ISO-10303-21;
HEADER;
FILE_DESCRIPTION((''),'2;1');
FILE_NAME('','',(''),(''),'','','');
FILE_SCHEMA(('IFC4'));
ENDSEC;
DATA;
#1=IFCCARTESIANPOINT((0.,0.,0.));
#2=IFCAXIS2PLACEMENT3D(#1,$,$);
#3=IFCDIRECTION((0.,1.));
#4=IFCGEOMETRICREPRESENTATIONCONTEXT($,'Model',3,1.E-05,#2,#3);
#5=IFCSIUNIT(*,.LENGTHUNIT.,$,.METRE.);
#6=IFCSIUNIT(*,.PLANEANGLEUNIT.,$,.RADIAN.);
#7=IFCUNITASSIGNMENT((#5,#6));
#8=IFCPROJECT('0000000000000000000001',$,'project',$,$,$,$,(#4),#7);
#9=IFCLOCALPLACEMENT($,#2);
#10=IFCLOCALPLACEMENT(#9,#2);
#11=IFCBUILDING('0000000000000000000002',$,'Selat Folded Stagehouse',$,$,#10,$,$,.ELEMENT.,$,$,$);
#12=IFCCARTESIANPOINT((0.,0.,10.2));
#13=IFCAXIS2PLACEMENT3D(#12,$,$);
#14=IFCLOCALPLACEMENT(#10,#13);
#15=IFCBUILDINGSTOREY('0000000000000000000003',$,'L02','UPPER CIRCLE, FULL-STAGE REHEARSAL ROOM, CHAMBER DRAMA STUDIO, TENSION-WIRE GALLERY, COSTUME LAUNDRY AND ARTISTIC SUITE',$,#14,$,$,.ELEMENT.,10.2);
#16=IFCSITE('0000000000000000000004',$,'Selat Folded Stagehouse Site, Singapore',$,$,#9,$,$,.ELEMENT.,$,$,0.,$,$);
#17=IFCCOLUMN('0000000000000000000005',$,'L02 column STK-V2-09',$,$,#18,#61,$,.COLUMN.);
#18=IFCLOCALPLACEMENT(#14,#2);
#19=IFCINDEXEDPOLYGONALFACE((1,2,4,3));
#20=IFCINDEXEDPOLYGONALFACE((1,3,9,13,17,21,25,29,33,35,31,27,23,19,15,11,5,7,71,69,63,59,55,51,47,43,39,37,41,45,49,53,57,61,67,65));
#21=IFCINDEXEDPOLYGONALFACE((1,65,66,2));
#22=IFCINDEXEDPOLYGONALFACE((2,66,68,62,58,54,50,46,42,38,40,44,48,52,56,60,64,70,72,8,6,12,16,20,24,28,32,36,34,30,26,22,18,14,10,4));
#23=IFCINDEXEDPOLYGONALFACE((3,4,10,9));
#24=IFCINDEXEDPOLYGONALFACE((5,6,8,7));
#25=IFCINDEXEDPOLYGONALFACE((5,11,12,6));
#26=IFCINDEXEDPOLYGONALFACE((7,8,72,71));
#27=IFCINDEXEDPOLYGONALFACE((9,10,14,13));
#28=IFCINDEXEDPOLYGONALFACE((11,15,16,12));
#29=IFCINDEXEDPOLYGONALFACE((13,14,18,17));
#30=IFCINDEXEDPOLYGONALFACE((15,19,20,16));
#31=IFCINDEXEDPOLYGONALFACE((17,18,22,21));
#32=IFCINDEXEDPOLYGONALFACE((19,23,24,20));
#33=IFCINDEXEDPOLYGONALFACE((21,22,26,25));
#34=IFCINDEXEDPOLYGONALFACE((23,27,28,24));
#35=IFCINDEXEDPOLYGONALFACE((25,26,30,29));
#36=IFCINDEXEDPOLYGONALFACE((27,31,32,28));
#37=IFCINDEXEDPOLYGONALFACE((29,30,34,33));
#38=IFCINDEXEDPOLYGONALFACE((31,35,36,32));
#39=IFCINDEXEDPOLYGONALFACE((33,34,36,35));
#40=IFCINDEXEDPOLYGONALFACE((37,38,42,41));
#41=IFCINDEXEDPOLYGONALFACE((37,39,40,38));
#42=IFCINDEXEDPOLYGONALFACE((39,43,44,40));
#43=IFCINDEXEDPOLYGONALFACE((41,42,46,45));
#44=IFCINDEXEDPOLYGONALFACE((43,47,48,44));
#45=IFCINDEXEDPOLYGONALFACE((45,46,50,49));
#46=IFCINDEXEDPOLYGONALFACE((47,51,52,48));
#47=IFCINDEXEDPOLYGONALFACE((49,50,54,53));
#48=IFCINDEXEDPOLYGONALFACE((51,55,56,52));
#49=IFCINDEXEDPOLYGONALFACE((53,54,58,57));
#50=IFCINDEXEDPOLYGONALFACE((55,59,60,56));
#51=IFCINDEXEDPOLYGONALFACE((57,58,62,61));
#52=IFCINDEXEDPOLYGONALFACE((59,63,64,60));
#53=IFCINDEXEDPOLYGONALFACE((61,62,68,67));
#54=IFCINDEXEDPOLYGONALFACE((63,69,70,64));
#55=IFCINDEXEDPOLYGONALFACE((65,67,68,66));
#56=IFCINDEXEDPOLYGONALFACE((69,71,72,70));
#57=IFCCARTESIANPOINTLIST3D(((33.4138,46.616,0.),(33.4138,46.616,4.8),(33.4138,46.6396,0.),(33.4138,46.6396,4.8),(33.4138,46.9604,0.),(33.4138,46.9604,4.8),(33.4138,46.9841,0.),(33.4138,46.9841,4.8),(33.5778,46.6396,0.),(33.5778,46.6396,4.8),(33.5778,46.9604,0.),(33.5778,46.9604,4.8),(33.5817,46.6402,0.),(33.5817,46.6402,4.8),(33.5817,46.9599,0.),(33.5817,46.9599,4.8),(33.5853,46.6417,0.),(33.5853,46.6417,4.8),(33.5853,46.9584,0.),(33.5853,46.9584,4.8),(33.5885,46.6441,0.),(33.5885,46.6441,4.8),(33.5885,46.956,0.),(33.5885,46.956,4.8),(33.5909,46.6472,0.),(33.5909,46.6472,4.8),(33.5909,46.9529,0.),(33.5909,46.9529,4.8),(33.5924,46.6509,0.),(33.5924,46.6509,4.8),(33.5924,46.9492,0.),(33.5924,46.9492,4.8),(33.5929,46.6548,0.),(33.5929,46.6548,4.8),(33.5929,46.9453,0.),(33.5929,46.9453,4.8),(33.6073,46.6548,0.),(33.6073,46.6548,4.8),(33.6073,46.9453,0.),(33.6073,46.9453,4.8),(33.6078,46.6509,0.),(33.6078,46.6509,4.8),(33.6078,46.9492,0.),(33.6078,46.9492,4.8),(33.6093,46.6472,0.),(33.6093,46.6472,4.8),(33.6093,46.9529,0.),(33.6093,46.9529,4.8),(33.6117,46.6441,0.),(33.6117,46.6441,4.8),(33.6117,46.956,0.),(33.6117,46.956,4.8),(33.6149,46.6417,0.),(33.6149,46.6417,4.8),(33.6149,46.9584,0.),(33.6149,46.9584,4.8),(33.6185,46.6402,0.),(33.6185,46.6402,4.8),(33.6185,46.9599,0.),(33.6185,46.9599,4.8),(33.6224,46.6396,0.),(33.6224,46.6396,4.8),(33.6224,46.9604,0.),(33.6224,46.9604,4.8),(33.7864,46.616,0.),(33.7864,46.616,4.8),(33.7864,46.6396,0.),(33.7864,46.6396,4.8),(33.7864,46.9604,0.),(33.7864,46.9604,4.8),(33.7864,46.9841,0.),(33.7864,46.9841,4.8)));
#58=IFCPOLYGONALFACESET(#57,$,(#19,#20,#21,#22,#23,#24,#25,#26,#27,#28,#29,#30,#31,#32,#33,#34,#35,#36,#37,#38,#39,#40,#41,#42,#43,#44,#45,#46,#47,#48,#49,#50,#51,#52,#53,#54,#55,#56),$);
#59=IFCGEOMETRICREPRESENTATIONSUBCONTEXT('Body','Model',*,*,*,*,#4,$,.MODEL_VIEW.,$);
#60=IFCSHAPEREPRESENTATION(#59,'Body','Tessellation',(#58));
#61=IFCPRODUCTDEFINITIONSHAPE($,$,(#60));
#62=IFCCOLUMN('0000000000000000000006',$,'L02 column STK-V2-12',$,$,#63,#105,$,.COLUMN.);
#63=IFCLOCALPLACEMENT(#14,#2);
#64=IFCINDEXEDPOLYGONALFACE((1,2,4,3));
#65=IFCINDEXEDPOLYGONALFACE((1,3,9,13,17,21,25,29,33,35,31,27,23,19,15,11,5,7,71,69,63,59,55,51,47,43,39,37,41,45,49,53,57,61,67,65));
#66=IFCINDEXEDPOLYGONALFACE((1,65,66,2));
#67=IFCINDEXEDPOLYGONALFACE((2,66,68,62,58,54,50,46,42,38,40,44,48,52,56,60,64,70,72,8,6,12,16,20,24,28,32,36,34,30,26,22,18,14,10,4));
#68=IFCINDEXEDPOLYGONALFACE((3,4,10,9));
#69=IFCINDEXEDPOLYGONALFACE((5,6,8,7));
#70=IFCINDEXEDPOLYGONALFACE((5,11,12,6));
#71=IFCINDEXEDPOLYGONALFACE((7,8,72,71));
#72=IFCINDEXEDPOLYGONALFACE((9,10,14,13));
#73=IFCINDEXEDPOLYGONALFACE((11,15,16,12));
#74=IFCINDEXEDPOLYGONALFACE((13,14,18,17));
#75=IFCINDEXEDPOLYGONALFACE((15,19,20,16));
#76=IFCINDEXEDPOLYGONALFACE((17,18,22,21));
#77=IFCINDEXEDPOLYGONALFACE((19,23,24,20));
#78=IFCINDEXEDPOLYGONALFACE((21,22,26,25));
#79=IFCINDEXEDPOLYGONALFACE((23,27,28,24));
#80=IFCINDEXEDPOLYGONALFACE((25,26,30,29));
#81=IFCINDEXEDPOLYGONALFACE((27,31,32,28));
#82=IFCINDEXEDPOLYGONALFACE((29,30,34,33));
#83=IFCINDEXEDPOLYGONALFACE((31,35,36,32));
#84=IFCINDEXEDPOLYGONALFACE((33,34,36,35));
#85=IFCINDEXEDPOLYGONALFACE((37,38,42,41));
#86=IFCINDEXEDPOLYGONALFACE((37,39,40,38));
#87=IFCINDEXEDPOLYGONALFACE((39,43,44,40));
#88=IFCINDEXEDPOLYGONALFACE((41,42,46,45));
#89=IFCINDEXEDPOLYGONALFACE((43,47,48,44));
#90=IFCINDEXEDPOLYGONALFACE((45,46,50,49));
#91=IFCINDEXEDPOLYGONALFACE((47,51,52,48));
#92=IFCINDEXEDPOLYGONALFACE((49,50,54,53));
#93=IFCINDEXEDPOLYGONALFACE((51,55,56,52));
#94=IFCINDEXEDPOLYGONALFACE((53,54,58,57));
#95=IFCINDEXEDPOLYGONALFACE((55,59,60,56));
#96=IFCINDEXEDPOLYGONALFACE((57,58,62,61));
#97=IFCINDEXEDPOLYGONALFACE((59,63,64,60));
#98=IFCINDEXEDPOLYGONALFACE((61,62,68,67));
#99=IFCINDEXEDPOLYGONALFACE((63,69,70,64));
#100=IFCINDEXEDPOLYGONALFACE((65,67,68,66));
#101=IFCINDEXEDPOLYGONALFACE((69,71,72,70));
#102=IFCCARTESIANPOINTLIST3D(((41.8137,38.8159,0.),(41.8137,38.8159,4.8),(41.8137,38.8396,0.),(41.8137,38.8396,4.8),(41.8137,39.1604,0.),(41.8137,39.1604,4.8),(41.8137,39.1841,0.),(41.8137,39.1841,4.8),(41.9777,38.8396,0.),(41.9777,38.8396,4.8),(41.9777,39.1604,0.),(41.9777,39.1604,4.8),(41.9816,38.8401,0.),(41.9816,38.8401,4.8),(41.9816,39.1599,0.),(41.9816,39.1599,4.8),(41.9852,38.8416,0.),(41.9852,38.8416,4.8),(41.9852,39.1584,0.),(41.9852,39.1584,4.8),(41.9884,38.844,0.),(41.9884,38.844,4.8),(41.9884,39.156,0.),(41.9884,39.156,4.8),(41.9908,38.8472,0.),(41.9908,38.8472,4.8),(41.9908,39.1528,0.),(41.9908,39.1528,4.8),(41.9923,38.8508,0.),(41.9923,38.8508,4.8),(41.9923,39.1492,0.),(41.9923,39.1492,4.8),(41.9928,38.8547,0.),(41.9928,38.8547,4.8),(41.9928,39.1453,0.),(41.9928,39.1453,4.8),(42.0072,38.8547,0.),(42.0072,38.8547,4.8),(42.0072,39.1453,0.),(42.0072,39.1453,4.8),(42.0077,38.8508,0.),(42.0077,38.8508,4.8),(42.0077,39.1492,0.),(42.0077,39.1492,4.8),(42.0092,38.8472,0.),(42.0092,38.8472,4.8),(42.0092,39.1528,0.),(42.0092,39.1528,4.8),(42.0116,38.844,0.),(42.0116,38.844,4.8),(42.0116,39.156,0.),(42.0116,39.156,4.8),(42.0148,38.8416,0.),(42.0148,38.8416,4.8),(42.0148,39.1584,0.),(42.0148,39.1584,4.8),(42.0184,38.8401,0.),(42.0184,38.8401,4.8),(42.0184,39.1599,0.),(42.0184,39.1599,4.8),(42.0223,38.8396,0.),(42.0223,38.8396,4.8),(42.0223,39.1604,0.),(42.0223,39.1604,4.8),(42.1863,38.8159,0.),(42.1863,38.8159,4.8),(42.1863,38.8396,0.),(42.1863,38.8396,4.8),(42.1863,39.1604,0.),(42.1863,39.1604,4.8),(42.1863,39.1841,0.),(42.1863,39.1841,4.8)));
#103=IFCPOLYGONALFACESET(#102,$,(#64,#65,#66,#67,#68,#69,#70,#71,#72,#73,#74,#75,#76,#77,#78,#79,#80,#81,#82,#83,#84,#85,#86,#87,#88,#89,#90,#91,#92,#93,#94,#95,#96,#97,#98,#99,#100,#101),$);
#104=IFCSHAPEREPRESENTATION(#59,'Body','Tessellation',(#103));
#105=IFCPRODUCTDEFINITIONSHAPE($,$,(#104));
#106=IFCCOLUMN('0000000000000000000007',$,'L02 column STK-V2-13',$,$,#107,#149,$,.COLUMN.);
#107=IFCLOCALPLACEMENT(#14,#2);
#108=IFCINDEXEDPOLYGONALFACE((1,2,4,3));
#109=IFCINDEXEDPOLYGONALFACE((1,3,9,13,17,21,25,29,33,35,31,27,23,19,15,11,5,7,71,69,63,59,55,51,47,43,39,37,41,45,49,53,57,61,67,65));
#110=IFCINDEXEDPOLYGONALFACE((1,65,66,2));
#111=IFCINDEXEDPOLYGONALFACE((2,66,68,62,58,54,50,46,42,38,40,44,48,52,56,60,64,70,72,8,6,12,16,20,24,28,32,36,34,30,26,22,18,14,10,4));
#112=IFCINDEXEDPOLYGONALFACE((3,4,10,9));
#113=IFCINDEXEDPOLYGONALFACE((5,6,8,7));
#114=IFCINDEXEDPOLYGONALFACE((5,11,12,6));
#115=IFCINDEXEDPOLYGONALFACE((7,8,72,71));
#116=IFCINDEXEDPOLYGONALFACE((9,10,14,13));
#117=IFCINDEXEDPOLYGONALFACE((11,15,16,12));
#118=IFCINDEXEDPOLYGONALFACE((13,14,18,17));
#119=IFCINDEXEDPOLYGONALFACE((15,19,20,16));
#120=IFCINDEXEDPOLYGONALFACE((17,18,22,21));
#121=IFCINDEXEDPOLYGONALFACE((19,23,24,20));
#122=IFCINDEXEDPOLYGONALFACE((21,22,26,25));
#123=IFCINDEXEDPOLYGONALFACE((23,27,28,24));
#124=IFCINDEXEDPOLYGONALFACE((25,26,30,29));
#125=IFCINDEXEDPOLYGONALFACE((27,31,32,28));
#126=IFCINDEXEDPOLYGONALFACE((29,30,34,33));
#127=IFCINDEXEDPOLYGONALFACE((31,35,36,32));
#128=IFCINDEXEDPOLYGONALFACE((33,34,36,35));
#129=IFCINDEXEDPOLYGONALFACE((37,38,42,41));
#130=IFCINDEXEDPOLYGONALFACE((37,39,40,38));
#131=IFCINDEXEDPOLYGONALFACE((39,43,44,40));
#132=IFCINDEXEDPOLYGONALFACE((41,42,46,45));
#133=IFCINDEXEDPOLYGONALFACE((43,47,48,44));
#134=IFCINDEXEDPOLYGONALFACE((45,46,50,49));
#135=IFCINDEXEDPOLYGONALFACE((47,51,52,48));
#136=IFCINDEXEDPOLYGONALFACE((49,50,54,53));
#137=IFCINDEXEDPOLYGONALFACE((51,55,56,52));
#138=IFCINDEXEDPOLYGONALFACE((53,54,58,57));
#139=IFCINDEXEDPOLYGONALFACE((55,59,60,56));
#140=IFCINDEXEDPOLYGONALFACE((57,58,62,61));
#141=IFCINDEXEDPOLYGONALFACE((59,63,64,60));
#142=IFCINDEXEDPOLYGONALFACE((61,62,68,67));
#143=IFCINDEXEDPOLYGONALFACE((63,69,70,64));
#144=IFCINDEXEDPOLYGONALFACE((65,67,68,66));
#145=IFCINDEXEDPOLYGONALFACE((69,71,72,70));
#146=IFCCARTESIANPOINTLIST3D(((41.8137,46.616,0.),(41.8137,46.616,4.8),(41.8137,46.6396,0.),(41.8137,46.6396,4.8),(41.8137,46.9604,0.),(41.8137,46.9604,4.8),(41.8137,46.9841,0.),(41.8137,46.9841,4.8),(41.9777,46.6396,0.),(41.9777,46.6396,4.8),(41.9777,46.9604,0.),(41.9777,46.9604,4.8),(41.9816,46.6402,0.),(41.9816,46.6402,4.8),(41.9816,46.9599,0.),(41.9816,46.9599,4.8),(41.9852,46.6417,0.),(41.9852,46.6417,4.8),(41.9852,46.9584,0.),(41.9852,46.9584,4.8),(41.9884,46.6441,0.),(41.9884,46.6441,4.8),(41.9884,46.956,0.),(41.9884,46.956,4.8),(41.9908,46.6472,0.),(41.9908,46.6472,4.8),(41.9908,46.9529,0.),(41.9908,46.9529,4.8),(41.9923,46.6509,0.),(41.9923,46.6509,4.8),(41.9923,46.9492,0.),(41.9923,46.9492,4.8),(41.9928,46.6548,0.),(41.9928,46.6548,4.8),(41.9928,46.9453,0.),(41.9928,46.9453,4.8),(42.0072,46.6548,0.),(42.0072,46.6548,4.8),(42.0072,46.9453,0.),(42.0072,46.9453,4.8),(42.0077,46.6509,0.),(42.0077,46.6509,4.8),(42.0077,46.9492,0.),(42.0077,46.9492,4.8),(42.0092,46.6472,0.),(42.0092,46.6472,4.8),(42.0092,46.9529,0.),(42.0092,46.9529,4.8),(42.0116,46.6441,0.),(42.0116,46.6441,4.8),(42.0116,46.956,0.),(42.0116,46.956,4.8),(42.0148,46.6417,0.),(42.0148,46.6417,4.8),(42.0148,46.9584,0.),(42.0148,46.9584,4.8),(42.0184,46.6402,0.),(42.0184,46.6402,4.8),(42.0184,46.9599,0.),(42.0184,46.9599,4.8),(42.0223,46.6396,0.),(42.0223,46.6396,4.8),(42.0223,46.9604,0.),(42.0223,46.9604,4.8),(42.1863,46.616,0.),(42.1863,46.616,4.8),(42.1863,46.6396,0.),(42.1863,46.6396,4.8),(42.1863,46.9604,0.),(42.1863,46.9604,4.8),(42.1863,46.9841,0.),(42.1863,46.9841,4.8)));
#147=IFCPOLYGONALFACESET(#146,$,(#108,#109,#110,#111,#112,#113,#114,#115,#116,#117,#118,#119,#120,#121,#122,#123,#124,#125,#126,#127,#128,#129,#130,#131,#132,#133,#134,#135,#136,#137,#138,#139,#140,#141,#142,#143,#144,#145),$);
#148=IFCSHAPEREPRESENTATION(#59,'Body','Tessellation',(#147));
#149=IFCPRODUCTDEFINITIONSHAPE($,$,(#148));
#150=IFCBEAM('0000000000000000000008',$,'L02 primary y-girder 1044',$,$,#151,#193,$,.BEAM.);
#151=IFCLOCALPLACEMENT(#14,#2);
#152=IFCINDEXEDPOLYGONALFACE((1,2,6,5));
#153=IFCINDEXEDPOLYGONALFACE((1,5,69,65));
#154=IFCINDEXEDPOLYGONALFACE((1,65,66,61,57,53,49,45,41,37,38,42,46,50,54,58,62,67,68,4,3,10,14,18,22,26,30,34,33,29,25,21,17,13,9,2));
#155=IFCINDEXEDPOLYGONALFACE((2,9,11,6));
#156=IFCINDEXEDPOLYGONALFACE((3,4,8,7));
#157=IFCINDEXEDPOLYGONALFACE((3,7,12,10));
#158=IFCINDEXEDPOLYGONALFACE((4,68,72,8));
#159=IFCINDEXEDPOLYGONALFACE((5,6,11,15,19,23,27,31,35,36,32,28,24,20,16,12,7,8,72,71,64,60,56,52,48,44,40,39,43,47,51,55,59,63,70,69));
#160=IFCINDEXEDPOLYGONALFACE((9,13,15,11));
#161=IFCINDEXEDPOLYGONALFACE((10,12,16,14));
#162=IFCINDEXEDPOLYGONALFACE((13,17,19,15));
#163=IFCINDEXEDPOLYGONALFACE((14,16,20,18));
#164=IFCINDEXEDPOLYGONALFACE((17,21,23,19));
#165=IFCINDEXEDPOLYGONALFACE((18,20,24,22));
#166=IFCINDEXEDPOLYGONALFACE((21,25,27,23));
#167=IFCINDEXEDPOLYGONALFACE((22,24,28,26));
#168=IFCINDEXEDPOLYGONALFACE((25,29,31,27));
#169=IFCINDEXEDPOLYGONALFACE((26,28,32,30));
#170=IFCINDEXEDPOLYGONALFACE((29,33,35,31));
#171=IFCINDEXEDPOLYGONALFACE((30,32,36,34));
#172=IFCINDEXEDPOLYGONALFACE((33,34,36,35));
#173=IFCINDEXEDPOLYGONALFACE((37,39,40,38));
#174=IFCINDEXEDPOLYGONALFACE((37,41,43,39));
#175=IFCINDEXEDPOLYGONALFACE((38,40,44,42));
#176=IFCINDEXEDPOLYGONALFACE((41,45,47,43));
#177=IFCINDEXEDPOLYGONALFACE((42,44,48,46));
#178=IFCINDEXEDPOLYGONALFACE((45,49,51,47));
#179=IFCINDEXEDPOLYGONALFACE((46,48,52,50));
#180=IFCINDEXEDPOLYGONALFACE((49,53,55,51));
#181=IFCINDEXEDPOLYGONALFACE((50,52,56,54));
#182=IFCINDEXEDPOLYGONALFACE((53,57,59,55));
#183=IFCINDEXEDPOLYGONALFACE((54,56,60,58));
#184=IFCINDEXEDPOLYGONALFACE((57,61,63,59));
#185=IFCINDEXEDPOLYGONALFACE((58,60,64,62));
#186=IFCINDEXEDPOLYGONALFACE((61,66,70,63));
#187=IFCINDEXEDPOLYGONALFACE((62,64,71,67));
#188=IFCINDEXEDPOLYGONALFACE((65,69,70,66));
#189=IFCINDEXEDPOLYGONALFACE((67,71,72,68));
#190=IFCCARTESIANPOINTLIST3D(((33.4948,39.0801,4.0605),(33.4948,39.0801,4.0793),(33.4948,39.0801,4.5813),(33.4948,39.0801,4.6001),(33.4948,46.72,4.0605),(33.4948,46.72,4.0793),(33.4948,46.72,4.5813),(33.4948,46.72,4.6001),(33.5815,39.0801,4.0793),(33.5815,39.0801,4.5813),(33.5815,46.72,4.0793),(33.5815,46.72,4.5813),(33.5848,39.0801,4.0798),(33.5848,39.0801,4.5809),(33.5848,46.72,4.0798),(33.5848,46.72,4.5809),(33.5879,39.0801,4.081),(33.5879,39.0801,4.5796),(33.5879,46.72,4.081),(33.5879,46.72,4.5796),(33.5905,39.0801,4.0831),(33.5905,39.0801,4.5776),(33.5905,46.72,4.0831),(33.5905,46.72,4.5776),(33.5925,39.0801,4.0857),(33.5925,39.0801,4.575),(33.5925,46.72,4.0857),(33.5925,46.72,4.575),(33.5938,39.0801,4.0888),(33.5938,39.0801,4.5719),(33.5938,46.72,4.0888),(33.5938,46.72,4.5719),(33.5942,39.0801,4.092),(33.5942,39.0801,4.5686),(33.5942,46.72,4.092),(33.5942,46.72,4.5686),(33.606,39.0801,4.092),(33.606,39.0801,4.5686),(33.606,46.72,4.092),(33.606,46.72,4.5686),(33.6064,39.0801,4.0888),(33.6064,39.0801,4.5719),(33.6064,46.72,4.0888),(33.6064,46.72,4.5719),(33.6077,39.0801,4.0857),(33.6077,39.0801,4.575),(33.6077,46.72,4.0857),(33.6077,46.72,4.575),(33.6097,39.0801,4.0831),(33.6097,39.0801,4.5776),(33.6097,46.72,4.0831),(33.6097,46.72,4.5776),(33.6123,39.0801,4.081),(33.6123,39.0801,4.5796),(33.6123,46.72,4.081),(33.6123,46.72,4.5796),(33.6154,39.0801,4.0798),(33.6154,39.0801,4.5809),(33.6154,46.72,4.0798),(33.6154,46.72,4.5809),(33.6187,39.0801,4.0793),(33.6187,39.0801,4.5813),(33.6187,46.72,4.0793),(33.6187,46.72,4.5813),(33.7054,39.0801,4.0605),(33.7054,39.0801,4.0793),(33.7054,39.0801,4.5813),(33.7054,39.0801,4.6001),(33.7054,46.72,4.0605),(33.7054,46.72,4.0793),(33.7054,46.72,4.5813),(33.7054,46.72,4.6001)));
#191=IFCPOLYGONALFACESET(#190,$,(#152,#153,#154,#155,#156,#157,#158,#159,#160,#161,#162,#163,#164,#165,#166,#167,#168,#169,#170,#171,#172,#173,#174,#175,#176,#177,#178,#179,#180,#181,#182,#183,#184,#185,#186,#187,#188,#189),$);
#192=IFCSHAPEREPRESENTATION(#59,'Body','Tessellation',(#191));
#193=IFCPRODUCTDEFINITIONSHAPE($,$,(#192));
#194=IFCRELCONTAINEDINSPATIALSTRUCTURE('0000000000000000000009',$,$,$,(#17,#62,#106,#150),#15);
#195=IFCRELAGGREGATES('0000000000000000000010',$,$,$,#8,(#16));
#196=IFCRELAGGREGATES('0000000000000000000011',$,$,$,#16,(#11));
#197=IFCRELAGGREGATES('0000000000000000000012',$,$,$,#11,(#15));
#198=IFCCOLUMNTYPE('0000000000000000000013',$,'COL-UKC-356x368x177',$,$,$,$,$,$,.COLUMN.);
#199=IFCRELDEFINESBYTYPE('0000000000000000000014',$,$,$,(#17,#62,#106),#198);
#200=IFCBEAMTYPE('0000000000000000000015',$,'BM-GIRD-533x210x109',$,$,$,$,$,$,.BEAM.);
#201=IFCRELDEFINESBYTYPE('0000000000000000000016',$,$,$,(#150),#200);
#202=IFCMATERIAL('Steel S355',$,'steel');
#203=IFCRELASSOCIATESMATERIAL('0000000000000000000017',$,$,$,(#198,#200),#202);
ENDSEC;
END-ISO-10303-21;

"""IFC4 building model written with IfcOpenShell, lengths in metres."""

from ifc_helpers import new_model, si_unit, direction, frame, origin, origin_2d, place, context, subcontext, project, spatial, i_section, extrude, material, material_profile, profile_set, type_object, element, save


model = new_model("IFC4")

# Units and contexts
model_context = context("Model", 3, precision=1e-05, world=origin(), true_north=direction((0.0, 1.0)))
body_context = subcontext(model_context, "Body", "Model", "MODEL_VIEW")
ifc_project = project(units=[si_unit("LENGTHUNIT", "METRE"), si_unit("PLANEANGLEUNIT", "RADIAN")], contexts=[model_context])

# Site, building, storey
site_placement = place(None, origin())
site = spatial("IfcSite", under=ifc_project, at=site_placement, Name="Selat Folded Stagehouse Site, Singapore", CompositionType="ELEMENT", RefElevation=0.0)
building_placement = place(site_placement, origin())
building = spatial("IfcBuilding", under=site, at=building_placement, Name="Selat Folded Stagehouse", CompositionType="ELEMENT")
storey_placement = place(building_placement, frame((0.0, 0.0, 10.2)))
storey = spatial("IfcBuildingStorey", under=building, at=storey_placement, Name="L02", Description="UPPER CIRCLE, FULL-STAGE REHEARSAL ROOM, CHAMBER DRAMA STUDIO, TENSION-WIRE GALLERY, COSTUME LAUNDRY AND ARTISTIC SUITE", CompositionType="ELEMENT", Elevation=10.2)

# Columns
ifc_material_1 = material(Name="Steel S355", Category="steel")
ifc_material_profile_1 = material_profile(ifc_material_1, i_section(OverallWidth=0.3726, OverallDepth=0.3682, WebThickness=0.0144, FlangeThickness=0.0237, FilletRadius=0.0151, at=origin_2d()), Name="UKC 356x368x177")
ifc_profile_set_1 = profile_set([ifc_material_profile_1], Name="Steel S355")
column_type = type_object("IfcColumnType", Name="COL-UKC-356x368x177", PredefinedType="COLUMN", material=ifc_profile_set_1)
for number, where, z_axis, x_axis, name in (
    (1, (33.6001, 46.8, 0.0), (0.0, 0.0, 1.0), (1.0, 0.0, 0.0), "L02 column STK-V2-09"),
    (2, (42.0, 39.0, 0.0), (0.0, 0.0, 1.0), (1.0, 0.0, 0.0), "L02 column STK-V2-12"),
    (3, (42.0, 46.8, 0.0), (0.0, 0.0, 1.0), (1.0, 0.0, 0.0), "L02 column STK-V2-13"),
):
    element("IfcColumn", number, at=place(storey_placement, frame(where, z_axis=z_axis, x_axis=x_axis)), inside=storey, type_object=column_type, Name=name, PredefinedType="COLUMN", context=body_context, shape_type="SweptSolid", body=[
        extrude(i_section(OverallWidth=0.3726, OverallDepth=0.3682, WebThickness=0.0144, FlangeThickness=0.0237, FilletRadius=0.0151, at=origin_2d()), origin(), (0.0, 0.0, 1.0), 4.8),
    ])

# Beam
ifc_material_profile_2 = material_profile(ifc_material_1, i_section(OverallWidth=0.2107, OverallDepth=0.5396, WebThickness=0.0117, FlangeThickness=0.0188, FilletRadius=0.0127, at=origin_2d()), Name="UKB 533x210x109")
ifc_profile_set_2 = profile_set([ifc_material_profile_2], Name="Steel S355")
beam_type_1 = type_object("IfcBeamType", Name="BM-GIRD-533x210x109", PredefinedType="BEAM", material=ifc_profile_set_2)
for number, where, z_axis, x_axis, name in (
    (4, (33.6001, 39.0801, 4.3303), (0.0, 1.0, 0.0), (-1.0, 0.0, 0.0), "L02 primary y-girder 1044"),
):
    element("IfcBeam", number, at=place(storey_placement, frame(where, z_axis=z_axis, x_axis=x_axis)), inside=storey, type_object=beam_type_1, Name=name, PredefinedType="BEAM", context=body_context, shape_type="SweptSolid", body=[
        extrude(i_section(OverallWidth=0.2107, OverallDepth=0.5396, WebThickness=0.0117, FlangeThickness=0.0188, FilletRadius=0.0127, at=origin_2d()), origin(), (0.0, 0.0, 1.0), 7.6399),
    ])

save(model, "model.ifc")
